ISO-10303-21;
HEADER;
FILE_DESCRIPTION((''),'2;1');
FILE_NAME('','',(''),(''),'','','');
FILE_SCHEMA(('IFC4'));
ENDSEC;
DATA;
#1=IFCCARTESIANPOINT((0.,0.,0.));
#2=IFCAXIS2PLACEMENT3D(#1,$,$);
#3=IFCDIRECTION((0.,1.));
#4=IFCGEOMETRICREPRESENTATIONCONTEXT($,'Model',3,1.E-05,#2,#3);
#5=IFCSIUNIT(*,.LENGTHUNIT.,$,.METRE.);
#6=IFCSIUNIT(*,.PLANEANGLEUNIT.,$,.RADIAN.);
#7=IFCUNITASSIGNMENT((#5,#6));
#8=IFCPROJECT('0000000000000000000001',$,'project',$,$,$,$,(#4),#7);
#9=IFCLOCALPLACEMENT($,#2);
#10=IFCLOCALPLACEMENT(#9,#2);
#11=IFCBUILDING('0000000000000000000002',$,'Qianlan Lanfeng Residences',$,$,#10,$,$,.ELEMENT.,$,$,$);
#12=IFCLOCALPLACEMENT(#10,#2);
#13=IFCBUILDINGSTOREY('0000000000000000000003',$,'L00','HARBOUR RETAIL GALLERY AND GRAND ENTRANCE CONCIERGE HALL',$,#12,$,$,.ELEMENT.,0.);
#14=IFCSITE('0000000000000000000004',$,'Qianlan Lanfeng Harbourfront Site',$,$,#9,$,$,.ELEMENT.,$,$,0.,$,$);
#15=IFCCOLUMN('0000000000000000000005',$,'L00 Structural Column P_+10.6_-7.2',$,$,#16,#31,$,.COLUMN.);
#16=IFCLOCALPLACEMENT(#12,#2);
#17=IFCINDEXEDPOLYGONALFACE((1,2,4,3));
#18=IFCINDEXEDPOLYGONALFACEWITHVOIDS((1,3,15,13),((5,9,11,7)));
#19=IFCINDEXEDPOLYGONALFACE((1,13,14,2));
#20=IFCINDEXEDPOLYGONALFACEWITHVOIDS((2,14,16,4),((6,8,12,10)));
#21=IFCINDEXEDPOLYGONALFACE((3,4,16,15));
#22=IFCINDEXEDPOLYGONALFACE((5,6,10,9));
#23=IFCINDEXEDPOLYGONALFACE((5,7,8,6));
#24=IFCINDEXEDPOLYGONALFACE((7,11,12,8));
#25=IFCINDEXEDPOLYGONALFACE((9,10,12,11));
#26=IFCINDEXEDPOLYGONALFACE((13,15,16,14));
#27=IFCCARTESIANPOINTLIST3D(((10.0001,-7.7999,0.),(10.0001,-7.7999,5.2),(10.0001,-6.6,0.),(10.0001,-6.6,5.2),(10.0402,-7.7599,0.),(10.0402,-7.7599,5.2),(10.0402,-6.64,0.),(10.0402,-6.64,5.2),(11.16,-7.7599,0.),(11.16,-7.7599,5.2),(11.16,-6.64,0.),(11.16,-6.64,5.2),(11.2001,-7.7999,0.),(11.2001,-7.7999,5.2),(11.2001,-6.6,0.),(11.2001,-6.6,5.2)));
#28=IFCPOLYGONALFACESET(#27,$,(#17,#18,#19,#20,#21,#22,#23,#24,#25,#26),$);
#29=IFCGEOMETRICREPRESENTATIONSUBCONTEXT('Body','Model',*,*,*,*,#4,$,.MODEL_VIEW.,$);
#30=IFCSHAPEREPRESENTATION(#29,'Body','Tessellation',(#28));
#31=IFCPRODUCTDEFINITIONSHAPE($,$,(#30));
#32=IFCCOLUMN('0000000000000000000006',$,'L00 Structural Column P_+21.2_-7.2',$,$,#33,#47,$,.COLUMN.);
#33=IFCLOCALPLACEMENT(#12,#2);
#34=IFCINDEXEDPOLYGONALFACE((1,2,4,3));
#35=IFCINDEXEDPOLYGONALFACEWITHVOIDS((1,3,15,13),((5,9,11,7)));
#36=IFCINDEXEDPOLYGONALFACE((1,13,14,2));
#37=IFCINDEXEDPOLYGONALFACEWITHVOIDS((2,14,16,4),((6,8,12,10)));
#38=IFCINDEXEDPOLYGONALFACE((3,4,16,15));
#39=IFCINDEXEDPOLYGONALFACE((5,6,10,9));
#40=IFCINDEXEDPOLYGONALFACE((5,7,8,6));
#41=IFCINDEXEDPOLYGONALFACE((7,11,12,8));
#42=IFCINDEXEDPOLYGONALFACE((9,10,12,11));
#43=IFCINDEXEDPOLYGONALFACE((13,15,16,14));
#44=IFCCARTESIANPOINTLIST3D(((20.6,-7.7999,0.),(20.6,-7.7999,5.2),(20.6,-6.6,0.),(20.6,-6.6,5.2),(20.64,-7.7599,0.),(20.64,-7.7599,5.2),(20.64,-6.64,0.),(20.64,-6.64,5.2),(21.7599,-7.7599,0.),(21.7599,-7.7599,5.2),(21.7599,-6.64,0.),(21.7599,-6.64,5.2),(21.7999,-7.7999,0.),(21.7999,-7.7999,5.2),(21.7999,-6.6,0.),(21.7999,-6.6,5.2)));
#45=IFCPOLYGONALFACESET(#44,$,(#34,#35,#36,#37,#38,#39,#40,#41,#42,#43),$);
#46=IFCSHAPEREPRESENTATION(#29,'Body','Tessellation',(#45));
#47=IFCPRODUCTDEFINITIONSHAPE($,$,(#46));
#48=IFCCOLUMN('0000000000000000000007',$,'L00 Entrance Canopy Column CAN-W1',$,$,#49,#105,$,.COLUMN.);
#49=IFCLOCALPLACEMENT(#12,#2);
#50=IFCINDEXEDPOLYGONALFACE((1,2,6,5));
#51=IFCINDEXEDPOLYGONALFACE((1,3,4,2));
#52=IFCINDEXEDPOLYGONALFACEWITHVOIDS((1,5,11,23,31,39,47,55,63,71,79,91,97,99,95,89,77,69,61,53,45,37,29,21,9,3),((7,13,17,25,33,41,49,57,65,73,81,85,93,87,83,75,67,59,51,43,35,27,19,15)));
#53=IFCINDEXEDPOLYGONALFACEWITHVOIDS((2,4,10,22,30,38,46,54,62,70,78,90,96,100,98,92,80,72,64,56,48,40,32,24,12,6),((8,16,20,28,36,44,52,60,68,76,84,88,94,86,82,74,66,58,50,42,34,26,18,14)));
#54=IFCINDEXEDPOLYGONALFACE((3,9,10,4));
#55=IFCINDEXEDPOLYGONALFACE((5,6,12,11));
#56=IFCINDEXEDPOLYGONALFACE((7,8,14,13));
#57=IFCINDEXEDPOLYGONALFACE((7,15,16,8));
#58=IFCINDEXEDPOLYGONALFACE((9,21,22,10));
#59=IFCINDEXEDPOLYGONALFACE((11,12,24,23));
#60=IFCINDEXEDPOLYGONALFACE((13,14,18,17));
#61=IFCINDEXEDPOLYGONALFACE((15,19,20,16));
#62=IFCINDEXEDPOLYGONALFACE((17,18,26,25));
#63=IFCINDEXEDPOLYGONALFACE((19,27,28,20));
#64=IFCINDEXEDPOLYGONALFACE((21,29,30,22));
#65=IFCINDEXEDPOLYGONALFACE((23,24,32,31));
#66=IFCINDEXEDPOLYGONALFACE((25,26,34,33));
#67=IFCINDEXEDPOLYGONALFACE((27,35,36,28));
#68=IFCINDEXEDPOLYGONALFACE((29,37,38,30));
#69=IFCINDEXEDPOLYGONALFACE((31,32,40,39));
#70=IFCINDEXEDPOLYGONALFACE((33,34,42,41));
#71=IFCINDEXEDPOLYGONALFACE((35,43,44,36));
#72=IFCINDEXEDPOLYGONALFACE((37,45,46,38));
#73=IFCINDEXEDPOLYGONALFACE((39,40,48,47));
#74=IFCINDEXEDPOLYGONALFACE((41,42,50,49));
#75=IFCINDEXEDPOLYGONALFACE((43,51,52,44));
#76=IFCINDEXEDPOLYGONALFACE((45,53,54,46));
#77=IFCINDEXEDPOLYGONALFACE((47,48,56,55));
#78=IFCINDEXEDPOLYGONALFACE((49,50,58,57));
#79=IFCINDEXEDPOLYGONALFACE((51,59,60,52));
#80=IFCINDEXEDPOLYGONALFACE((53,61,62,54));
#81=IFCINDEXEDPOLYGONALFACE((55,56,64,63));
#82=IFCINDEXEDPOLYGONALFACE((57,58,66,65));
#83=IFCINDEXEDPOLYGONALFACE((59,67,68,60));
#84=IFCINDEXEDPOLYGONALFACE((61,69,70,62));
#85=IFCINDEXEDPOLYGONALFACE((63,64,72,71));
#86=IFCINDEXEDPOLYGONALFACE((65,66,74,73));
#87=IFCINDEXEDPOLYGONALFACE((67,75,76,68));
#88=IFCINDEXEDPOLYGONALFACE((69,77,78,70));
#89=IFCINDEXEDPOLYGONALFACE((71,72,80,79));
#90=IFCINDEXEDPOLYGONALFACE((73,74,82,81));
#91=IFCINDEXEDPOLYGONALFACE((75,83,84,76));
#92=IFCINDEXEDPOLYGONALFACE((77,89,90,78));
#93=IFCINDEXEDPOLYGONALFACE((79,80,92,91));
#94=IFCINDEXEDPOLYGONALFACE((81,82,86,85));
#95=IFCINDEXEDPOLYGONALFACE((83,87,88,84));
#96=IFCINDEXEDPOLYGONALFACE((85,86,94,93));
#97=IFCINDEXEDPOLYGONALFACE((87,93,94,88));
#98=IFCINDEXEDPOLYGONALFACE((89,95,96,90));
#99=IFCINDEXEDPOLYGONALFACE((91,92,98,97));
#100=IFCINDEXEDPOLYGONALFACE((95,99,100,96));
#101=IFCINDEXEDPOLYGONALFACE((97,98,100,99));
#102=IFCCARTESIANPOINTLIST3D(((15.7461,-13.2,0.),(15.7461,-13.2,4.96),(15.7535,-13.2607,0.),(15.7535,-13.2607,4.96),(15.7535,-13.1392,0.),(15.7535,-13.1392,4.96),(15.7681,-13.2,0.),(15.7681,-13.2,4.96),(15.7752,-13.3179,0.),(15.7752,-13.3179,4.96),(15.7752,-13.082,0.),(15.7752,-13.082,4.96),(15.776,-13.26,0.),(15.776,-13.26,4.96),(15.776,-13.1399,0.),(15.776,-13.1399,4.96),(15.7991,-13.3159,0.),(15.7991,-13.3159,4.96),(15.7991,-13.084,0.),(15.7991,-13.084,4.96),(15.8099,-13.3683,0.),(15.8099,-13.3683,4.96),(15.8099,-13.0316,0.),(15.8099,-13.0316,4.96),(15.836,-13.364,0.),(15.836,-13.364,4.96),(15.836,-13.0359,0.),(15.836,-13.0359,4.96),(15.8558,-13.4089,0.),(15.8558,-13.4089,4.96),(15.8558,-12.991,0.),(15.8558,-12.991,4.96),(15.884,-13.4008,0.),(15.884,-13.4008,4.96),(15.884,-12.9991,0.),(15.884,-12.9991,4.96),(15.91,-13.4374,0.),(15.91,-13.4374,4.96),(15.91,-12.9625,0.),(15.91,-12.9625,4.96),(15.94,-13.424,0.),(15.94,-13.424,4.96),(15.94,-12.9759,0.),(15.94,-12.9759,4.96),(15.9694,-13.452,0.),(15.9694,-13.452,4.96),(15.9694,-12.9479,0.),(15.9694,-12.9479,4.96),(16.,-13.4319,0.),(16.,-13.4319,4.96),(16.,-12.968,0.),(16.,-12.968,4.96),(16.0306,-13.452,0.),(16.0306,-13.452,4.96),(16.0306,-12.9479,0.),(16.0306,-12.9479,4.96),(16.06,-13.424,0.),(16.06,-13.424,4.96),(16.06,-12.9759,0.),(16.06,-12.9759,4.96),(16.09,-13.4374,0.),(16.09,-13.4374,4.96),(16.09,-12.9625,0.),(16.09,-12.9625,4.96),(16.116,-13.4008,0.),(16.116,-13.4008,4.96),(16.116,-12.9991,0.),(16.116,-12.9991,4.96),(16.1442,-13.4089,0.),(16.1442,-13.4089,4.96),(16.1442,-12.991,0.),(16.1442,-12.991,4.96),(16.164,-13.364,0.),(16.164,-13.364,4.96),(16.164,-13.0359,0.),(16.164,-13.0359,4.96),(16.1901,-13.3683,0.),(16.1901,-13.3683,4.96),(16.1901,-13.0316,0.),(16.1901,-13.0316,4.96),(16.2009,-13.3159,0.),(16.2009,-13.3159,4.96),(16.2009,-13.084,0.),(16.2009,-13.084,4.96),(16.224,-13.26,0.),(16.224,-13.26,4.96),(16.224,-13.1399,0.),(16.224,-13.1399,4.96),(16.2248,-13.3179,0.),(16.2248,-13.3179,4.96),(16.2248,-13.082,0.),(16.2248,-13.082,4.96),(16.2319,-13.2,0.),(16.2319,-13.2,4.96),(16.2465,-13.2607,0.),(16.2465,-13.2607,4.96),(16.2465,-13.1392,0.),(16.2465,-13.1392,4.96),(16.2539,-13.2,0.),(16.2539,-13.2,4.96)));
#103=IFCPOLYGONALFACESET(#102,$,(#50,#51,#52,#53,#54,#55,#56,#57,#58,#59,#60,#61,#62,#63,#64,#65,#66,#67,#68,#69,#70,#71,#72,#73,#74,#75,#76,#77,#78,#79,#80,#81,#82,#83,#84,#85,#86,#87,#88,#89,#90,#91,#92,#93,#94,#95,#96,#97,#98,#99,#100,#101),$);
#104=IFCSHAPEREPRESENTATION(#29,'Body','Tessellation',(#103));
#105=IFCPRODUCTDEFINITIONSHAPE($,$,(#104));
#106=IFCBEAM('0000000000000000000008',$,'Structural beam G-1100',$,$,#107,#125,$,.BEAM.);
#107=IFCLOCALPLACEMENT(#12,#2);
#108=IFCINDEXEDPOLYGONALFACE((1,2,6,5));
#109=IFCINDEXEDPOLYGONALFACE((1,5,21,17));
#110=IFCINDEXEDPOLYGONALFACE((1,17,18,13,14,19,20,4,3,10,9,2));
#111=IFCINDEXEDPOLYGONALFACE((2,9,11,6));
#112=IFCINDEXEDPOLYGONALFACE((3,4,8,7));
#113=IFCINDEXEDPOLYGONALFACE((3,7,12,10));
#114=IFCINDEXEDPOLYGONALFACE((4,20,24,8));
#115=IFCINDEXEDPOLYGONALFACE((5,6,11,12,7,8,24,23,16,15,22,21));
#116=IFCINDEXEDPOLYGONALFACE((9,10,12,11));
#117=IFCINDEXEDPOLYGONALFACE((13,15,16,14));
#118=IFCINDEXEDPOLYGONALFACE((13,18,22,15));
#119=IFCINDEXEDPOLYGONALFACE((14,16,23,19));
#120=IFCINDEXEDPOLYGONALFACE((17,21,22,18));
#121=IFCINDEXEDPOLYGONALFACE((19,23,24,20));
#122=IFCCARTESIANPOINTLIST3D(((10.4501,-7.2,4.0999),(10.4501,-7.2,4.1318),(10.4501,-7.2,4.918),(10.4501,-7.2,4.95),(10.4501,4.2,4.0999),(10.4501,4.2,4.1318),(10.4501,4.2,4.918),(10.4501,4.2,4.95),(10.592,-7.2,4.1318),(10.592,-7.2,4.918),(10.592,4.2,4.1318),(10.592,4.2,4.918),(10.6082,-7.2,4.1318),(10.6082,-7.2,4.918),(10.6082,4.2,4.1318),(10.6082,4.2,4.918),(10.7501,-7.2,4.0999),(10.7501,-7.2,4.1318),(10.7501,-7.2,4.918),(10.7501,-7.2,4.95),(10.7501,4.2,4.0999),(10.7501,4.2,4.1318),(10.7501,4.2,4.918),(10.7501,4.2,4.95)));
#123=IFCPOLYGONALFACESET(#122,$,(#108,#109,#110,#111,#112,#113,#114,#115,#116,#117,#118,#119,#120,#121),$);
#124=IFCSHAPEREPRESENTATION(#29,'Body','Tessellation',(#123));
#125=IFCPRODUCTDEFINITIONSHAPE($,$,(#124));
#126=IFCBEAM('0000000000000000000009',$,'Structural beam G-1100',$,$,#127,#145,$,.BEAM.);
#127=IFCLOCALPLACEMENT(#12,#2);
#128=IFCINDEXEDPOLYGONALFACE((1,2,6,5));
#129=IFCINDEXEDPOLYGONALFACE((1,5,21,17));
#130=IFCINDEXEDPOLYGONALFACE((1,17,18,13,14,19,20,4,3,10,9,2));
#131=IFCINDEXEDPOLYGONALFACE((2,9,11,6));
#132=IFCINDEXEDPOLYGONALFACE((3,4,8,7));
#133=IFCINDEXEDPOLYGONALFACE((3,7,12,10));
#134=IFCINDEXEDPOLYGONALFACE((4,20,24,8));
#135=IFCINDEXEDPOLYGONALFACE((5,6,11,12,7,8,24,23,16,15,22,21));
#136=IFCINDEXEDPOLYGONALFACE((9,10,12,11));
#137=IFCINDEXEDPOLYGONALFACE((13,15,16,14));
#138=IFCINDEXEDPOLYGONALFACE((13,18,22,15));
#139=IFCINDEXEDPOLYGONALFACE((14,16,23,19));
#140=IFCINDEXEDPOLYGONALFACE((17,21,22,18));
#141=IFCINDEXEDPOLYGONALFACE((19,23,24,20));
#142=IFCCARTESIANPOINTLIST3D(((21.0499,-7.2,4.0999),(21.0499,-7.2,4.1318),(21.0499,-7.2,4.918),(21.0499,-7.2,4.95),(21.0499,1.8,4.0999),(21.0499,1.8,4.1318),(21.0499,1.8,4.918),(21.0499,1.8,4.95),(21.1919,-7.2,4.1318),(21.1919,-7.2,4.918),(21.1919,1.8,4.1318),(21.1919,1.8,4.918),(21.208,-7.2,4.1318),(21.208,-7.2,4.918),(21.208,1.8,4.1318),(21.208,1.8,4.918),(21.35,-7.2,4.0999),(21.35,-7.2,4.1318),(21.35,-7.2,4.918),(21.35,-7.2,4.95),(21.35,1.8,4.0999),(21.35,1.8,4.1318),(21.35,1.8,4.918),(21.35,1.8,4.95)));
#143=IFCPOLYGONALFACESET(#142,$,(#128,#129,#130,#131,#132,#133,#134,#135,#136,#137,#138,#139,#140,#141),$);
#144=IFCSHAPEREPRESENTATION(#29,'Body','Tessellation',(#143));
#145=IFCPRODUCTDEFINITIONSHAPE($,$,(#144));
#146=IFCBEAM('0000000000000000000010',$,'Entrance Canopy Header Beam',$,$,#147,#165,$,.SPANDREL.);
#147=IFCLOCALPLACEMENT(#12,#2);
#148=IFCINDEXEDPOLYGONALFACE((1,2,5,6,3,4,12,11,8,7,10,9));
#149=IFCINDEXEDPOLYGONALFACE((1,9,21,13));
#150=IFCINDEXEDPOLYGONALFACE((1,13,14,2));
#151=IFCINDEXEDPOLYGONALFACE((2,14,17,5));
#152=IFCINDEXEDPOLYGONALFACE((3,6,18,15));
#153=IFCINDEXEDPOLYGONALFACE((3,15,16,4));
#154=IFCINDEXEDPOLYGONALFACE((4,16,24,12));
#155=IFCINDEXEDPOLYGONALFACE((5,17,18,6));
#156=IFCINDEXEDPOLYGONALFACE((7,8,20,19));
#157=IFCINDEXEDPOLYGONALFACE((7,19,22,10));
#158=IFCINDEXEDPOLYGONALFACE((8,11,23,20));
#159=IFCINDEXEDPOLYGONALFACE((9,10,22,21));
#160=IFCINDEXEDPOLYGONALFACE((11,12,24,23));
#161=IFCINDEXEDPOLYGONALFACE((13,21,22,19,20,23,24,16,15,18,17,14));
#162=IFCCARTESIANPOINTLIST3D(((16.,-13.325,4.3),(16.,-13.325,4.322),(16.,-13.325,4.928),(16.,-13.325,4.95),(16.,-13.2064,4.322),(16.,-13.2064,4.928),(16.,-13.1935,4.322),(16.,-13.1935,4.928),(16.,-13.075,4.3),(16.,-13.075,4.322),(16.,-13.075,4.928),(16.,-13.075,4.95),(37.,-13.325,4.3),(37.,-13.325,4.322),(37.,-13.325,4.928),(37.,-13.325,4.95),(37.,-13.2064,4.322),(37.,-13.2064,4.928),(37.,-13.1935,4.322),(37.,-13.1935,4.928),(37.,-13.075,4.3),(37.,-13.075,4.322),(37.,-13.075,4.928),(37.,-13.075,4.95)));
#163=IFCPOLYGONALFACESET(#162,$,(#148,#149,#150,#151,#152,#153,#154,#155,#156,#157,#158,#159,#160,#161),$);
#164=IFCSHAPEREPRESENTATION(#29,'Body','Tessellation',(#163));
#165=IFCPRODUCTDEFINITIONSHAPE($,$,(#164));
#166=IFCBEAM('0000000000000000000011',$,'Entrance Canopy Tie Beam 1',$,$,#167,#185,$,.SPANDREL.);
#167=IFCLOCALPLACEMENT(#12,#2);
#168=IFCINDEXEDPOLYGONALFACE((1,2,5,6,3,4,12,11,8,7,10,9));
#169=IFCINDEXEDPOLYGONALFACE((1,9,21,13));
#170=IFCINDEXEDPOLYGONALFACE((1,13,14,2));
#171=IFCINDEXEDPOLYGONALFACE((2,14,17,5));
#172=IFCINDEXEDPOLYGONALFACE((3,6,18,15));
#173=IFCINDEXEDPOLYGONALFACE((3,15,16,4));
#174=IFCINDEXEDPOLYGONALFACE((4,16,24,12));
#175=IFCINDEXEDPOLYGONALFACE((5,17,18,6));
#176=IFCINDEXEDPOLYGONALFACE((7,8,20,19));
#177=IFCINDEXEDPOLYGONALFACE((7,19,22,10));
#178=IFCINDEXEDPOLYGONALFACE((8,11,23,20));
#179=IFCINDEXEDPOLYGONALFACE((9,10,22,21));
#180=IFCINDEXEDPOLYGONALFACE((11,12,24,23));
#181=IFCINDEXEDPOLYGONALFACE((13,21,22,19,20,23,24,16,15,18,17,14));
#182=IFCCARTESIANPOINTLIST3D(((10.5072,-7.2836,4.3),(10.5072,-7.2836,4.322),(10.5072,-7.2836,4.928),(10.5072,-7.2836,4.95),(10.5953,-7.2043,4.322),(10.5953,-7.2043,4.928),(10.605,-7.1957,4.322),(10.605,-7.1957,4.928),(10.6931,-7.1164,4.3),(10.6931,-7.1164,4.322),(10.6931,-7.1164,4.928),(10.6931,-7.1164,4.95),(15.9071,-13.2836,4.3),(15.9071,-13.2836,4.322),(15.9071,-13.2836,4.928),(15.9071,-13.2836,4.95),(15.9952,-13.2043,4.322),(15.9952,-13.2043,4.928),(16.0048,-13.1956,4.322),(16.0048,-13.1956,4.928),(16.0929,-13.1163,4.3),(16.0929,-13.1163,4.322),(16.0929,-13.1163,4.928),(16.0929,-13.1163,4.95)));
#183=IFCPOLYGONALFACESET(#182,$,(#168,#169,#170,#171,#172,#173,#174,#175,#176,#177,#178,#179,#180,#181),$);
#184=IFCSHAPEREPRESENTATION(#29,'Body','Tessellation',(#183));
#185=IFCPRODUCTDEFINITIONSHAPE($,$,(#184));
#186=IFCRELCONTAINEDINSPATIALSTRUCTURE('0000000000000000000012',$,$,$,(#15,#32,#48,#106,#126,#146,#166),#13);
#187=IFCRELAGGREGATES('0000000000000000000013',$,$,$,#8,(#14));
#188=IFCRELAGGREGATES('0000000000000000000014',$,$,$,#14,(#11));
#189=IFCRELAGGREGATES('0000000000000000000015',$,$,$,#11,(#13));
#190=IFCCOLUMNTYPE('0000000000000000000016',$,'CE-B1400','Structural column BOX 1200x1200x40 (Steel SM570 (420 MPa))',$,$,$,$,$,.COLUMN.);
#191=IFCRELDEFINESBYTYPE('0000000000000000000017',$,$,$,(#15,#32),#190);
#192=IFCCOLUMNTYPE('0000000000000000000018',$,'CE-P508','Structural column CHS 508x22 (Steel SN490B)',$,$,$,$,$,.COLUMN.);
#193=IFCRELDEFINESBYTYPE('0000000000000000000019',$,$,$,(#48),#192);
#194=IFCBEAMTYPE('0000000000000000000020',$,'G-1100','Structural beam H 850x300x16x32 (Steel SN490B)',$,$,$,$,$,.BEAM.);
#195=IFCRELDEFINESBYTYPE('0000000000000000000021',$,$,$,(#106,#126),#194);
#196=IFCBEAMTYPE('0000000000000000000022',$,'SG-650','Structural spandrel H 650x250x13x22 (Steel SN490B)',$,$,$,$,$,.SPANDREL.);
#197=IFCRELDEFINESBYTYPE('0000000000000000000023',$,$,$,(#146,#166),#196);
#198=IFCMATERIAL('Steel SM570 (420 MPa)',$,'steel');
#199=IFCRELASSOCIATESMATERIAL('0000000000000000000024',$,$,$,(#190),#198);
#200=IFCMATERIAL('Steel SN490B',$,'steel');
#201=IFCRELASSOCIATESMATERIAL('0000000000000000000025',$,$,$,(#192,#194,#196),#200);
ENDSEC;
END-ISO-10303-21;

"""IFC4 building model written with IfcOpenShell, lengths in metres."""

from ifc_helpers import new_model, si_unit, direction, frame, origin, origin_2d, place, context, subcontext, project, spatial, hollow_rectangle, hollow_circle, i_section, extrude, material, material_profile, profile_set, type_object, element, save


model = new_model("IFC4")

# Units and contexts
model_context = context("Model", 3, precision=1e-05, world=origin(), true_north=direction((0.0, 1.0)))
body_context = subcontext(model_context, "Body", "Model", "MODEL_VIEW")
ifc_project = project(units=[si_unit("LENGTHUNIT", "METRE"), si_unit("PLANEANGLEUNIT", "RADIAN")], contexts=[model_context])

# Site, building, storey
site_placement = place(None, origin())
site = spatial("IfcSite", under=ifc_project, at=site_placement, Name="Qianlan Lanfeng Harbourfront Site", CompositionType="ELEMENT", RefElevation=0.0)
building_placement = place(site_placement, origin())
building = spatial("IfcBuilding", under=site, at=building_placement, Name="Qianlan Lanfeng Residences", CompositionType="ELEMENT")
storey_placement = place(building_placement, origin())
storey = spatial("IfcBuildingStorey", under=building, at=storey_placement, Name="L00", Description="HARBOUR RETAIL GALLERY AND GRAND ENTRANCE CONCIERGE HALL", CompositionType="ELEMENT", Elevation=0.0)

# Columns
ifc_material_1 = material(Name="Steel SM570 (420 MPa)", Category="steel")
ifc_material_profile_1 = material_profile(ifc_material_1, hollow_rectangle(XDim=1.2, YDim=1.2, WallThickness=0.04, at=origin_2d()), Name="BOX 1200x1200x40")
ifc_profile_set_1 = profile_set([ifc_material_profile_1], Name="Steel SM570 (420 MPa)")
column_type_1 = type_object("IfcColumnType", Name="CE-B1400", Description="Structural column BOX 1200x1200x40 (Steel SM570 (420 MPa))", PredefinedType="COLUMN", material=ifc_profile_set_1)
for number, where, z_axis, x_axis, name in (
    (1, (10.6001, -7.2, 0.0), (0.0, 0.0, 1.0), (1.0, 0.0, 0.0), "L00 Structural Column P_+10.6_-7.2"),
    (2, (21.2, -7.2, 0.0), (0.0, 0.0, 1.0), (1.0, 0.0, 0.0), "L00 Structural Column P_+21.2_-7.2"),
):
    element("IfcColumn", number, at=place(storey_placement, frame(where, z_axis=z_axis, x_axis=x_axis)), inside=storey, type_object=column_type_1, Name=name, PredefinedType="COLUMN", context=body_context, shape_type="SweptSolid", body=[
        extrude(hollow_rectangle(XDim=1.2, YDim=1.2, WallThickness=0.04, at=origin_2d()), origin(), (0.0, 0.0, 1.0), 5.2),
    ])
ifc_material_2 = material(Name="Steel SN490B", Category="steel")
ifc_material_profile_2 = material_profile(ifc_material_2, hollow_circle(Radius=0.2539, WallThickness=0.022, at=origin_2d()), Name="CHS 508x22")
ifc_profile_set_2 = profile_set([ifc_material_profile_2], Name="Steel SN490B")
column_type_2 = type_object("IfcColumnType", Name="CE-P508", Description="Structural column CHS 508x22 (Steel SN490B)", PredefinedType="COLUMN", material=ifc_profile_set_2)
column_placement = place(storey_placement, frame((16.0, -13.2, 0.0), z_axis=(0.0, 0.0, 1.0), x_axis=(1.0, 0.0, 0.0)))
element("IfcColumn", 3, at=column_placement, inside=storey, type_object=column_type_2, Name="L00 Entrance Canopy Column CAN-W1", PredefinedType="COLUMN", context=body_context, shape_type="SweptSolid", body=[
    extrude(hollow_circle(Radius=0.2539, WallThickness=0.022, at=origin_2d()), origin(), (0.0, 0.0, 1.0), 4.96),
])

# Beams
ifc_material_profile_3 = material_profile(ifc_material_2, i_section(OverallWidth=0.3, OverallDepth=0.8501, WebThickness=0.0161, FlangeThickness=0.032, at=origin_2d()), Name="H 850x300x16x32")
ifc_profile_set_3 = profile_set([ifc_material_profile_3], Name="Steel SN490B")
beam_type_1 = type_object("IfcBeamType", Name="G-1100", Description="Structural beam H 850x300x16x32 (Steel SN490B)", PredefinedType="BEAM", material=ifc_profile_set_3)
beam_1_placement = place(storey_placement, frame((10.6001, -7.2, 4.5249), z_axis=(0.0, 1.0, 0.0), x_axis=(-1.0, 0.0, 0.0)))
element("IfcBeam", 4, at=beam_1_placement, inside=storey, type_object=beam_type_1, Name="Structural beam G-1100", PredefinedType="BEAM", context=body_context, shape_type="SweptSolid", body=[
    extrude(i_section(OverallWidth=0.3, OverallDepth=0.8501, WebThickness=0.0161, FlangeThickness=0.032, at=origin_2d()), origin(), (0.0, 0.0, 1.0), 11.3999),
])
beam_2_placement = place(storey_placement, frame((21.2, -7.2, 4.5249), z_axis=(0.0, 1.0, 0.0), x_axis=(-1.0, 0.0, 0.0)))
element("IfcBeam", 5, at=beam_2_placement, inside=storey, type_object=beam_type_1, Name="Structural beam G-1100", PredefinedType="BEAM", context=body_context, shape_type="SweptSolid", body=[
    extrude(i_section(OverallWidth=0.3, OverallDepth=0.8501, WebThickness=0.0161, FlangeThickness=0.032, at=origin_2d()), origin(), (0.0, 0.0, 1.0), 9.0),
])
ifc_material_profile_4 = material_profile(ifc_material_2, i_section(OverallWidth=0.25, OverallDepth=0.6499, WebThickness=0.0129, FlangeThickness=0.022, at=origin_2d()), Name="H 650x250x13x22")
ifc_profile_set_4 = profile_set([ifc_material_profile_4], Name="Steel SN490B")
beam_type_2 = type_object("IfcBeamType", Name="SG-650", Description="Structural spandrel H 650x250x13x22 (Steel SN490B)", PredefinedType="SPANDREL", material=ifc_profile_set_4)
beam_3_placement = place(storey_placement, frame((16.0, -13.2, 4.625), z_axis=(1.0, 0.0, 0.0), x_axis=(0.0, 1.0, 0.0)))
element("IfcBeam", 6, at=beam_3_placement, inside=storey, type_object=beam_type_2, Name="Entrance Canopy Header Beam", PredefinedType="SPANDREL", context=body_context, shape_type="SweptSolid", body=[
    extrude(i_section(OverallWidth=0.25, OverallDepth=0.6499, WebThickness=0.0129, FlangeThickness=0.022, at=origin_2d()), origin(), (0.0, 0.0, 1.0), 21.0),
])
beam_4_placement = place(storey_placement, frame((16.0, -13.2, 4.625), z_axis=(-0.668958, 0.7433, 0.0), x_axis=(-0.7433, -0.668958, 0.0)))
element("IfcBeam", 7, at=beam_4_placement, inside=storey, type_object=beam_type_2, Name="Entrance Canopy Tie Beam 1", PredefinedType="SPANDREL", context=body_context, shape_type="SweptSolid", body=[
    extrude(i_section(OverallWidth=0.25, OverallDepth=0.6499, WebThickness=0.0129, FlangeThickness=0.022, at=origin_2d()), origin(), (0.0, 0.0, 1.0), 8.072),
])

save(model, "model.ifc")
